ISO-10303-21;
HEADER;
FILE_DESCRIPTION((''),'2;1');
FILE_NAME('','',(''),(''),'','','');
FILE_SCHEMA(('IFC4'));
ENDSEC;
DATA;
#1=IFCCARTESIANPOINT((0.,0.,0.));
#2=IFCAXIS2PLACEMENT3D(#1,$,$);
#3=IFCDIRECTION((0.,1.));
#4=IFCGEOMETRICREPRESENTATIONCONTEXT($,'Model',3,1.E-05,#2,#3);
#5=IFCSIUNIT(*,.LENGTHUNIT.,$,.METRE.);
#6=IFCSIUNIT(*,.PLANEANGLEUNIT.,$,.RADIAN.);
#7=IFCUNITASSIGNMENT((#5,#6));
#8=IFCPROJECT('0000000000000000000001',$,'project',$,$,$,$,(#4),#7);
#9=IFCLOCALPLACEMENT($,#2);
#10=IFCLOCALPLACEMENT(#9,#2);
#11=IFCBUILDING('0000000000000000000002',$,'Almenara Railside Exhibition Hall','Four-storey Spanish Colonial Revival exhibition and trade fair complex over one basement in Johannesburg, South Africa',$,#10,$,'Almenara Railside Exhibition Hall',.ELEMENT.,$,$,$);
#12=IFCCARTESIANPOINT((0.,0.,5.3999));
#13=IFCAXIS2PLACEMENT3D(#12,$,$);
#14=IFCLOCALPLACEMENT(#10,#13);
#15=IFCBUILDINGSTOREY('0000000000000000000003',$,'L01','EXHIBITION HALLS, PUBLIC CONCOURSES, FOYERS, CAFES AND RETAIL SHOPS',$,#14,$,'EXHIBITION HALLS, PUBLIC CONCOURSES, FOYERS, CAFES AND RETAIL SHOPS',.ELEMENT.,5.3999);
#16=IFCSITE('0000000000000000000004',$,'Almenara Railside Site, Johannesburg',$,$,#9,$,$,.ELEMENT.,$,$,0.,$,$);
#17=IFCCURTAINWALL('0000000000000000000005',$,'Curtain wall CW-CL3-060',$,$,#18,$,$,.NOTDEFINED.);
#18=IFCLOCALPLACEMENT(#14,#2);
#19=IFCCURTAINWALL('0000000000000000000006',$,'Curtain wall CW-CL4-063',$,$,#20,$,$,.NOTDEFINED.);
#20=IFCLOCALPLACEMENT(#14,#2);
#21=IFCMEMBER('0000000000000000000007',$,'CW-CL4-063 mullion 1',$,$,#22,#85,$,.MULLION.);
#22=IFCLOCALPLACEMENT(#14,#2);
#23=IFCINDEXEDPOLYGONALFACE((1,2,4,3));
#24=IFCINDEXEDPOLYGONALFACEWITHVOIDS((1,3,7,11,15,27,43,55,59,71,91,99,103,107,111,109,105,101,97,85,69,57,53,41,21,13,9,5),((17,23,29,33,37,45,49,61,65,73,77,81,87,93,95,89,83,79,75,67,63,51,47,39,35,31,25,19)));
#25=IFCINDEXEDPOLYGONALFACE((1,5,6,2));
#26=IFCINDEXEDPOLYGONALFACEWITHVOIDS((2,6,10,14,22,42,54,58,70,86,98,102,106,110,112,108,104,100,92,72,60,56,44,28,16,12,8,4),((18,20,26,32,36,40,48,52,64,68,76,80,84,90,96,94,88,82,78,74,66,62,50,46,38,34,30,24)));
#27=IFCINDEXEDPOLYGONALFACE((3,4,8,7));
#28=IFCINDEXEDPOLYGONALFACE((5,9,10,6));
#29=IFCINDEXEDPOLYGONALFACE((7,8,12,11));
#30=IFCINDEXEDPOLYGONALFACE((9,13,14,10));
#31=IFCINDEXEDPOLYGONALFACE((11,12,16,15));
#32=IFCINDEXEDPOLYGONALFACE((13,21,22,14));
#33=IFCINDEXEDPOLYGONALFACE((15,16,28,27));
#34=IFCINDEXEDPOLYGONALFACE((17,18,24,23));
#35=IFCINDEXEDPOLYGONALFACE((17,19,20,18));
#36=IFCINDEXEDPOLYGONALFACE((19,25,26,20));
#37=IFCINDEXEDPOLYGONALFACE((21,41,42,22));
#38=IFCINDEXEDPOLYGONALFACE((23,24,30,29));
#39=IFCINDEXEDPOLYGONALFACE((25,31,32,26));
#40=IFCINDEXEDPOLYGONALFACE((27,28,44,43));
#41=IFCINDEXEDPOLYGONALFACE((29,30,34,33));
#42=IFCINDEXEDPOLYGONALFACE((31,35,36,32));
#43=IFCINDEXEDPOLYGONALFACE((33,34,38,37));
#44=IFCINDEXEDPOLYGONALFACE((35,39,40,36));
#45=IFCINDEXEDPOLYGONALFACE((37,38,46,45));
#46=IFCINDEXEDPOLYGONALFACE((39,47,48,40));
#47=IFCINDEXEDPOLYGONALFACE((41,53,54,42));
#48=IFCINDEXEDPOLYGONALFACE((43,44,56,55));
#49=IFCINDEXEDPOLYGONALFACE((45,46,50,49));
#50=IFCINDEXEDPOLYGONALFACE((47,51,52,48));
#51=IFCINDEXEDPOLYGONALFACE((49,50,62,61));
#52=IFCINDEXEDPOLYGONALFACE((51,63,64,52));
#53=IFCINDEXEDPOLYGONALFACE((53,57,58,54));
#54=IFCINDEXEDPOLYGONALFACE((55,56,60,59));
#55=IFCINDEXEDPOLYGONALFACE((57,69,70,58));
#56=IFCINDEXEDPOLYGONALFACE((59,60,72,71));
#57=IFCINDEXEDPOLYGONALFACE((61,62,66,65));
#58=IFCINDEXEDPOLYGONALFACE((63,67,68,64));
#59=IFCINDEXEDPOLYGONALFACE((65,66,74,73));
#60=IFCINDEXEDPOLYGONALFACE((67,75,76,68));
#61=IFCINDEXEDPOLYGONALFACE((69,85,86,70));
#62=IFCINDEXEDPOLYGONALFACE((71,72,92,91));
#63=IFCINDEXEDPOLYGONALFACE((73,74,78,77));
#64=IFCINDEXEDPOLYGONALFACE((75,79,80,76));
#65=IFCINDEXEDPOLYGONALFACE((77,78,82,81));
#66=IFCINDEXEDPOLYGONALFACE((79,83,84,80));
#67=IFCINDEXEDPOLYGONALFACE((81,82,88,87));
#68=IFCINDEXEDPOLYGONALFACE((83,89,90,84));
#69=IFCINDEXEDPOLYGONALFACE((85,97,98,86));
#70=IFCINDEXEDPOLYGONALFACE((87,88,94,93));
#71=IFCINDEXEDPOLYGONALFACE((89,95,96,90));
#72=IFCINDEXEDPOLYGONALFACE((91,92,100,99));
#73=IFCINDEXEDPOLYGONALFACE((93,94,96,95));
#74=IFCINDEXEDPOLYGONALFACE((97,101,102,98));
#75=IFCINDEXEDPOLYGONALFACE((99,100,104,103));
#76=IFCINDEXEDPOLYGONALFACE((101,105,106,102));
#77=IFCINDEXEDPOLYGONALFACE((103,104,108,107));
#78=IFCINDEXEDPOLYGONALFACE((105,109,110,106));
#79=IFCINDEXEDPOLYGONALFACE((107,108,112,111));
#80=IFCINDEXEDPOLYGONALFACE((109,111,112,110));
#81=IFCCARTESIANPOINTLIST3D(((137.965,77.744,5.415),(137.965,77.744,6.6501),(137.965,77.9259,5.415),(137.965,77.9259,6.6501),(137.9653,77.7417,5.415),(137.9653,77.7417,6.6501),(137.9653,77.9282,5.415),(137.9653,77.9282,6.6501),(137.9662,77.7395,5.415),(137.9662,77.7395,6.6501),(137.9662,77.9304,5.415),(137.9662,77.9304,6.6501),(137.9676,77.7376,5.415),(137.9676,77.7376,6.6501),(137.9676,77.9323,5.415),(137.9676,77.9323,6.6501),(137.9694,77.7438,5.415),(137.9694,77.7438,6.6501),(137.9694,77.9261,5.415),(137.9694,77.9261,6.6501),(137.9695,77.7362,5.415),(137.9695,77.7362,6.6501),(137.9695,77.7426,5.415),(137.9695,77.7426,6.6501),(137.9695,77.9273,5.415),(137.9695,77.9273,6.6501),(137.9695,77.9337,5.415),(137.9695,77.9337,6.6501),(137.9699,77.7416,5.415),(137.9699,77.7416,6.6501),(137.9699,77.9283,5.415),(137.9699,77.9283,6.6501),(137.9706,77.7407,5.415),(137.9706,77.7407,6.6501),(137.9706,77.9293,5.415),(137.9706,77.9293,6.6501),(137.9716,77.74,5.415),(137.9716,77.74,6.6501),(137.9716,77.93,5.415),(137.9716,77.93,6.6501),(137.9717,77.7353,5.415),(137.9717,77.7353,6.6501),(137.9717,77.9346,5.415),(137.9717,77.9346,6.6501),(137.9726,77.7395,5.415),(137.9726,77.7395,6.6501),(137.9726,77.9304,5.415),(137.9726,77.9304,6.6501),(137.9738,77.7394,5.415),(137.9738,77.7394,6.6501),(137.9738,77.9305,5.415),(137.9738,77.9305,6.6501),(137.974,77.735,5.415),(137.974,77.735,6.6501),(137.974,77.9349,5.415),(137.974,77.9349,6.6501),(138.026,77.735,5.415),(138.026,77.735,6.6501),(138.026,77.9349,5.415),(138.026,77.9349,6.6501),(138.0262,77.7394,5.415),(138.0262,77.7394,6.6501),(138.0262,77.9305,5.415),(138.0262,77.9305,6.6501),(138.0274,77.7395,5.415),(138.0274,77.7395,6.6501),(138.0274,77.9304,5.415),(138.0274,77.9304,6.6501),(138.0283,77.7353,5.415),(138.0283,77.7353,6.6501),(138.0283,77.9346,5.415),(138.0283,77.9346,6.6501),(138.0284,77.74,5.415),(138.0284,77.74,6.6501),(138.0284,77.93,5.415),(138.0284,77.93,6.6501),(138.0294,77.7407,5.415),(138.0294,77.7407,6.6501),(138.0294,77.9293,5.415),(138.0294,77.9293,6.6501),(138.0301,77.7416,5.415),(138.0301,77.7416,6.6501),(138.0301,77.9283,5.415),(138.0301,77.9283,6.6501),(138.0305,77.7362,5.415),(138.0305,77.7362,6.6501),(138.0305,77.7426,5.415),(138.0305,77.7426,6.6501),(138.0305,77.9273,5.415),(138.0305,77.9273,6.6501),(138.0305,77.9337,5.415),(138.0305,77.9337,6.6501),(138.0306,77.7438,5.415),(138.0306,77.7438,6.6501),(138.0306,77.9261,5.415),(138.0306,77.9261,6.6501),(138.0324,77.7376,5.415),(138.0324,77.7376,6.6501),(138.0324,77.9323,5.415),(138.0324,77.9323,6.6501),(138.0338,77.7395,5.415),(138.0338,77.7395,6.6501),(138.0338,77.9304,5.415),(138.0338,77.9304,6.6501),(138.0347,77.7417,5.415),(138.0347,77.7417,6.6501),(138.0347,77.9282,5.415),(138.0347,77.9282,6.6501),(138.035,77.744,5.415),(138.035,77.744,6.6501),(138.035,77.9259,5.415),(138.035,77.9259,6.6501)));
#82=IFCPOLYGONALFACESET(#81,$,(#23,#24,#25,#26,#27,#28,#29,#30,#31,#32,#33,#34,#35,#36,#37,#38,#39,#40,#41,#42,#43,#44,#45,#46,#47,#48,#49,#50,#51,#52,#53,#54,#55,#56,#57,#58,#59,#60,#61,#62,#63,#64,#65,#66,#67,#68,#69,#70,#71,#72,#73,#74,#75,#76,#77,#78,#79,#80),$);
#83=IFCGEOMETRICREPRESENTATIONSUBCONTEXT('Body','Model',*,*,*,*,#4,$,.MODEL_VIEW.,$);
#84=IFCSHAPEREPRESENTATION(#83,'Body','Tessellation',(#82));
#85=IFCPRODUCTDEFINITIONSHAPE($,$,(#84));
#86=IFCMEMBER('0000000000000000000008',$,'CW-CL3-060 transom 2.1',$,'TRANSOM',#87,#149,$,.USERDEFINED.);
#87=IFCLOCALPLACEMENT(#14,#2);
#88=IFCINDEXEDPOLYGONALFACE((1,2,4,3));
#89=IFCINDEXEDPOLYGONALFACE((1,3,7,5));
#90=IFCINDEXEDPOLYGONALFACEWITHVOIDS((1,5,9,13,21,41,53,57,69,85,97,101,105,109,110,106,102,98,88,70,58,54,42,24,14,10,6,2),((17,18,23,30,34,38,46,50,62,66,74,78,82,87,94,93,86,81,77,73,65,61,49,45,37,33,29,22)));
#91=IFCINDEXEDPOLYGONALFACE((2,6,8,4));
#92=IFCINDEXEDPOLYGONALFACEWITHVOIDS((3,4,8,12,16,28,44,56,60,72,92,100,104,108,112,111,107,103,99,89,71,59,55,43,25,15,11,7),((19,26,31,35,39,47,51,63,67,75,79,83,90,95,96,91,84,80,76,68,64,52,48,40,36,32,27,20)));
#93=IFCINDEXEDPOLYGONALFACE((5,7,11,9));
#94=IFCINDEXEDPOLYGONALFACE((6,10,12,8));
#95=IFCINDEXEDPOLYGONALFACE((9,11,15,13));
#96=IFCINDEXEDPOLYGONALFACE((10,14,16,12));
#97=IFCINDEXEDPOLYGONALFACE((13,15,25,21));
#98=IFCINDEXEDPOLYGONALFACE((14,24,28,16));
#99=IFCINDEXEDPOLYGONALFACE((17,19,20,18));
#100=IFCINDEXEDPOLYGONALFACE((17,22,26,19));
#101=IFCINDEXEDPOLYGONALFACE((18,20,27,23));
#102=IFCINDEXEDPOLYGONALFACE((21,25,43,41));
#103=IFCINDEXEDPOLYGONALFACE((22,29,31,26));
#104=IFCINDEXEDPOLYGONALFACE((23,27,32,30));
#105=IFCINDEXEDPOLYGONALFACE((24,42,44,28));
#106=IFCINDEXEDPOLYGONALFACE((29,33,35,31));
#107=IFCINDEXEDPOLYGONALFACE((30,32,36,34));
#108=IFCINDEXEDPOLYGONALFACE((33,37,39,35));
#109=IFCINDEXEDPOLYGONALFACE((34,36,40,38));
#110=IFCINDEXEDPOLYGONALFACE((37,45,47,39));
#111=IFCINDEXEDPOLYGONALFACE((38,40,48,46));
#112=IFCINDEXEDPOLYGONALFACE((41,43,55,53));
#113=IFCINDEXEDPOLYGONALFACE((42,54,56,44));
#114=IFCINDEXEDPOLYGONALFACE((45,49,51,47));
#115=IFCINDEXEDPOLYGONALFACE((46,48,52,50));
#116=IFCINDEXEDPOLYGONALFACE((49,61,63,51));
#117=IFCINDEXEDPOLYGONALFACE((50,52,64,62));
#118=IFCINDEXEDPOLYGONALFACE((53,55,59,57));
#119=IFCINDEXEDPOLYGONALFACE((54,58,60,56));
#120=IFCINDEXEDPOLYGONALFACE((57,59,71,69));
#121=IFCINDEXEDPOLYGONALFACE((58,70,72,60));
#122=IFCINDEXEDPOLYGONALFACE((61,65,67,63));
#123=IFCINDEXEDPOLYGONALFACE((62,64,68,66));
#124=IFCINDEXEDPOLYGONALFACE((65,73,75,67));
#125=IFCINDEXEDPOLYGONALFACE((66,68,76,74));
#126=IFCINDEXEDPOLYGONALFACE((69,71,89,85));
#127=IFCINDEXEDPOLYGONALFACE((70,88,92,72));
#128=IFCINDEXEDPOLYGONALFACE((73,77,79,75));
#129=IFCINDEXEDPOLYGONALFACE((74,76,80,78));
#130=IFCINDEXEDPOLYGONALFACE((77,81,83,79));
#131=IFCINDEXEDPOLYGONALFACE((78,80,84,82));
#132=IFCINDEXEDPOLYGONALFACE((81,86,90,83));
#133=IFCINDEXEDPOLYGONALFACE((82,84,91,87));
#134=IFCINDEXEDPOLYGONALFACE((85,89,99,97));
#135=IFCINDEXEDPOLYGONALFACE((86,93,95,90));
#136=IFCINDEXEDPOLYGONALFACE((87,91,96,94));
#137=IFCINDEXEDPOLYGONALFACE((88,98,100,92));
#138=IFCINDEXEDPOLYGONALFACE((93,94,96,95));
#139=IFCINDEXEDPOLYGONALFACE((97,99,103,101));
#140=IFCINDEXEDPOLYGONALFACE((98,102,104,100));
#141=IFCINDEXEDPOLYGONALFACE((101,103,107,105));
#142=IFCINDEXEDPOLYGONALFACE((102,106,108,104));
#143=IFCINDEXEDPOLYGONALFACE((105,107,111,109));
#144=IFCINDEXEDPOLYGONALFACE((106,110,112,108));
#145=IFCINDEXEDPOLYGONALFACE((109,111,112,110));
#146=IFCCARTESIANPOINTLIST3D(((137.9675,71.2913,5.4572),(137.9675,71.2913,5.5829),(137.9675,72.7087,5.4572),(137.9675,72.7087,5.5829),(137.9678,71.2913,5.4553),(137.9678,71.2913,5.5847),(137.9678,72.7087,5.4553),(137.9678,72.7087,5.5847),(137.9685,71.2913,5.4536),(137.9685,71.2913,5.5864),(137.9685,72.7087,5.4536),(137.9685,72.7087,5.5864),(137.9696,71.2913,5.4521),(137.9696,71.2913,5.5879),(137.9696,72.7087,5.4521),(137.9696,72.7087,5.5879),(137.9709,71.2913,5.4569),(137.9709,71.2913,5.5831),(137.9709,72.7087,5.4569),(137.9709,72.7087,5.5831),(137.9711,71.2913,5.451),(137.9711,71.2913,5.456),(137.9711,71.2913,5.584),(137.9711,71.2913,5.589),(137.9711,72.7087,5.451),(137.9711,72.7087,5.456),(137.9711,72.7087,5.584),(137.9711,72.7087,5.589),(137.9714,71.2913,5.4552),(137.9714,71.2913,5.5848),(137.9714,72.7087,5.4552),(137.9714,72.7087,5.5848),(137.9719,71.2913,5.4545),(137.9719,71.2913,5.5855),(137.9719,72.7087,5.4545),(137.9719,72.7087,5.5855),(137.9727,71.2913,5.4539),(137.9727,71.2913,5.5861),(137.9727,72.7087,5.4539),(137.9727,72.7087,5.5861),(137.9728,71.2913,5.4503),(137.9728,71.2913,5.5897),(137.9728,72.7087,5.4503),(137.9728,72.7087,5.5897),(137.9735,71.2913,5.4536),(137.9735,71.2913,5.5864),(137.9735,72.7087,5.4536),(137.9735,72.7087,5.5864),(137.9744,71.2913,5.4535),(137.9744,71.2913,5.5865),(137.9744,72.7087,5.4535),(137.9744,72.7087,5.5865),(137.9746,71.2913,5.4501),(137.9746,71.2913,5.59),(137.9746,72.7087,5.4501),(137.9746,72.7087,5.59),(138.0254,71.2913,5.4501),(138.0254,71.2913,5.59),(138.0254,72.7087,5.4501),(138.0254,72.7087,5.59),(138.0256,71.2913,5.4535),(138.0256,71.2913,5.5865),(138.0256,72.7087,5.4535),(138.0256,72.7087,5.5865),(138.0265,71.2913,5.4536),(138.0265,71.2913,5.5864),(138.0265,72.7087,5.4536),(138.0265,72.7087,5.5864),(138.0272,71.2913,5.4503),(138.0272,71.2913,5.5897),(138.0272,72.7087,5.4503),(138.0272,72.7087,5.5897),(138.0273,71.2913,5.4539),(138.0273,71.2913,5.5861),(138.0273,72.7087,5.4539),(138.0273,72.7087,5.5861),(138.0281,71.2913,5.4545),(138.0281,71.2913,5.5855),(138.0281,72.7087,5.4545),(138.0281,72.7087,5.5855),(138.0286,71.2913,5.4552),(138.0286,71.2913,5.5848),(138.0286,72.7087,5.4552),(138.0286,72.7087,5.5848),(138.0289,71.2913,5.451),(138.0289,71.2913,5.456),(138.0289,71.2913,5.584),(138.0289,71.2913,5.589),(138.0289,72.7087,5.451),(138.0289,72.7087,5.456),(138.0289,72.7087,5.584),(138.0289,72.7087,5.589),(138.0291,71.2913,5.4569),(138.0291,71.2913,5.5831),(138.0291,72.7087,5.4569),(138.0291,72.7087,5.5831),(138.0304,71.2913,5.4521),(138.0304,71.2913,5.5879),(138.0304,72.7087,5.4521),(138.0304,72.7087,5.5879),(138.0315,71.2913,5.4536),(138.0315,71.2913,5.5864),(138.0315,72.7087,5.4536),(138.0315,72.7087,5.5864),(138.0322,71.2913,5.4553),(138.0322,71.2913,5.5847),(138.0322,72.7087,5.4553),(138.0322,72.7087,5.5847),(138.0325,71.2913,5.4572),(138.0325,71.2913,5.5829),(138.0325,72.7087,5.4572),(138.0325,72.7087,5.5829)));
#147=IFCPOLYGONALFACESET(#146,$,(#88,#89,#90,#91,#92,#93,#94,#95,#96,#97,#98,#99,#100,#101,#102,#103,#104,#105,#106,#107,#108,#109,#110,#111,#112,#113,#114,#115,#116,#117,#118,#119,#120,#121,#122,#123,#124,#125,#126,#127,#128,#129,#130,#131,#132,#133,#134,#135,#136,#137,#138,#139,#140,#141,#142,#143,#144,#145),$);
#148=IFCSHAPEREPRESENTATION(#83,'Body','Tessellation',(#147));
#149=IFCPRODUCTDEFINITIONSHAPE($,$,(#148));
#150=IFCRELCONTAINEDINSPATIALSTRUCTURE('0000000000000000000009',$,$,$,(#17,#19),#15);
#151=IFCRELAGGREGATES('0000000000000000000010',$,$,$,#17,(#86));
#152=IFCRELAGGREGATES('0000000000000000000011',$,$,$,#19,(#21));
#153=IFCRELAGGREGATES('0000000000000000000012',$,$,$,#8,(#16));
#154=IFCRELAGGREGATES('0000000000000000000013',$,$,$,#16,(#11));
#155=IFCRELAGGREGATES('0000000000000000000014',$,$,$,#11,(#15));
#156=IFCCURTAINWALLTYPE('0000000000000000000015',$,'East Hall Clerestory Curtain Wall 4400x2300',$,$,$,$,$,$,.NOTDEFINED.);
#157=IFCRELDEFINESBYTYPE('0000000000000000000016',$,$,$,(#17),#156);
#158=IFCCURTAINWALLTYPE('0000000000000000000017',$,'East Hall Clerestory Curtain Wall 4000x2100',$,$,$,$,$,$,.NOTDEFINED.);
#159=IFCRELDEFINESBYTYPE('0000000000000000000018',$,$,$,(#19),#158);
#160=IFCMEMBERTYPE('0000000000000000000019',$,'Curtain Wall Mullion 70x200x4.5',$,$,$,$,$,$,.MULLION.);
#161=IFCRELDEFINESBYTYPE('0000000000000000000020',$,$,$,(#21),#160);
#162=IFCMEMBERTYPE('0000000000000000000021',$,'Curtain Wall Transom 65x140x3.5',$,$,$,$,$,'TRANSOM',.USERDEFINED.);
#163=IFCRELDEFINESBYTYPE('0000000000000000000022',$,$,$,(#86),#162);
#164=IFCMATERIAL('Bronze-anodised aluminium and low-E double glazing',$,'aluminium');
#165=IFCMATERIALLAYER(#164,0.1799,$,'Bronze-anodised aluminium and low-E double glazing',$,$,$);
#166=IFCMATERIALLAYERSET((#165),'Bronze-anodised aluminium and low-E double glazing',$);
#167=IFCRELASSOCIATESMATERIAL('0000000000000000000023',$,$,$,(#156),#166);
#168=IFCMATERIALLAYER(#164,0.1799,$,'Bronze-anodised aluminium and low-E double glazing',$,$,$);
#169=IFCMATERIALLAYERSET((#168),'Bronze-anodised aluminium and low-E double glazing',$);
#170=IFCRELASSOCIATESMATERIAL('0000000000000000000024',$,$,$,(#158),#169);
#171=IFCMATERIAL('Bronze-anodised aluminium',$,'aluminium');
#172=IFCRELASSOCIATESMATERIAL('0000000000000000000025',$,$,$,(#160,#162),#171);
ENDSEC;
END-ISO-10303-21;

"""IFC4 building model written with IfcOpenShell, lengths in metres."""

from ifc_helpers import new_model, si_unit, direction, frame, origin, origin_2d, place, context, subcontext, project, spatial, hollow_rectangle, extrude, material, layer, layer_set, material_profile, profile_set, type_object, element, aggregate, save


model = new_model("IFC4")

# Units and contexts
model_context = context("Model", 3, precision=1e-05, world=origin(), true_north=direction((0.0, 1.0)))
body_context = subcontext(model_context, "Body", "Model", "MODEL_VIEW")
ifc_project = project(units=[si_unit("LENGTHUNIT", "METRE"), si_unit("PLANEANGLEUNIT", "RADIAN")], contexts=[model_context])

# Site, building, storey
site_placement = place(None, origin())
site = spatial("IfcSite", under=ifc_project, at=site_placement, Name="Almenara Railside Site, Johannesburg", CompositionType="ELEMENT", RefElevation=0.0)
building_placement = place(site_placement, origin())
building = spatial("IfcBuilding", under=site, at=building_placement, Name="Almenara Railside Exhibition Hall", Description="Four-storey Spanish Colonial Revival exhibition and trade fair complex over one basement in Johannesburg, South Africa", LongName="Almenara Railside Exhibition Hall", CompositionType="ELEMENT")
storey_placement = place(building_placement, frame((0.0, 0.0, 5.3999)))
storey = spatial("IfcBuildingStorey", under=building, at=storey_placement, Name="L01", Description="EXHIBITION HALLS, PUBLIC CONCOURSES, FOYERS, CAFES AND RETAIL SHOPS", LongName="EXHIBITION HALLS, PUBLIC CONCOURSES, FOYERS, CAFES AND RETAIL SHOPS", CompositionType="ELEMENT", Elevation=5.3999)

# Curtain wall
ifc_material_1 = material(Name="Bronze-anodised aluminium and low-E double glazing", Category="aluminium")
ifc_layer_1 = layer(ifc_material_1, 0.1799, Name="Bronze-anodised aluminium and low-E double glazing")
ifc_layer_set_1 = layer_set([ifc_layer_1], Name="Bronze-anodised aluminium and low-E double glazing")
curtain_wall_type_1 = type_object("IfcCurtainWallType", Name="East Hall Clerestory Curtain Wall 4400x2300", PredefinedType="NOTDEFINED", material=ifc_layer_set_1)
curtain_wall_1_placement = place(storey_placement, origin())
curtain_wall_1 = element("IfcCurtainWall", 1, at=curtain_wall_1_placement, inside=storey, type_object=curtain_wall_type_1, Name="Curtain wall CW-CL3-060", PredefinedType="NOTDEFINED")
ifc_material_2 = material(Name="Bronze-anodised aluminium", Category="aluminium")

# Curtain wall, member
ifc_layer_2 = layer(ifc_material_1, 0.1799, Name="Bronze-anodised aluminium and low-E double glazing")
ifc_layer_set_2 = layer_set([ifc_layer_2], Name="Bronze-anodised aluminium and low-E double glazing")
curtain_wall_type_2 = type_object("IfcCurtainWallType", Name="East Hall Clerestory Curtain Wall 4000x2100", PredefinedType="NOTDEFINED", material=ifc_layer_set_2)
curtain_wall_2_placement = place(storey_placement, origin())
curtain_wall_2 = element("IfcCurtainWall", 2, at=curtain_wall_2_placement, inside=storey, type_object=curtain_wall_type_2, Name="Curtain wall CW-CL4-063", PredefinedType="NOTDEFINED")
ifc_material_profile_1 = material_profile(ifc_material_2, hollow_rectangle(XDim=0.0701, YDim=0.2, WallThickness=0.0044, InnerFilletRadius=0.0044, OuterFilletRadius=0.009, at=origin_2d()), Name="ALU-MUL 70x200x4.5")
ifc_profile_set_1 = profile_set([ifc_material_profile_1], Name="Bronze-anodised aluminium")
member_type_1 = type_object("IfcMemberType", Name="Curtain Wall Mullion 70x200x4.5", PredefinedType="MULLION", material=ifc_profile_set_1)
member_1_placement = place(storey_placement, frame((138.0, 77.835, 5.415), z_axis=(0.0, 0.0, 1.0), x_axis=(-1.0, 0.0, 0.0)))
member_1 = element("IfcMember", 3, at=member_1_placement, type_object=member_type_1, Name="CW-CL4-063 mullion 1", PredefinedType="MULLION", context=body_context, shape_type="SweptSolid", body=[
    extrude(hollow_rectangle(XDim=0.0701, YDim=0.2, WallThickness=0.0044, InnerFilletRadius=0.0044, OuterFilletRadius=0.009, at=origin_2d()), origin(), (0.0, 0.0, 1.0), 1.2351),
])

# Member
ifc_material_profile_2 = material_profile(ifc_material_2, hollow_rectangle(XDim=0.0649, YDim=0.1399, WallThickness=0.0034, InnerFilletRadius=0.0034, OuterFilletRadius=0.0071, at=origin_2d()), Name="ALU-TRN 65x140x3.5")
ifc_profile_set_2 = profile_set([ifc_material_profile_2], Name="Bronze-anodised aluminium")
member_type_2 = type_object("IfcMemberType", Name="Curtain Wall Transom 65x140x3.5", ElementType="TRANSOM", PredefinedType="USERDEFINED", material=ifc_profile_set_2)
member_2_placement = place(storey_placement, frame((138.0, 71.2913, 5.52), z_axis=(0.0, 1.0, 0.0), x_axis=(-1.0, 0.0, 0.0)))
member_2 = element("IfcMember", 4, at=member_2_placement, type_object=member_type_2, Name="CW-CL3-060 transom 2.1", ObjectType="TRANSOM", PredefinedType="USERDEFINED", context=body_context, shape_type="SweptSolid", body=[
    extrude(hollow_rectangle(XDim=0.0649, YDim=0.1399, WallThickness=0.0034, InnerFilletRadius=0.0034, OuterFilletRadius=0.0071, at=origin_2d()), origin(), (0.0, 0.0, 1.0), 1.4175),
])

aggregate(curtain_wall_1, [member_2])
aggregate(curtain_wall_2, [member_1])

save(model, "model.ifc")
